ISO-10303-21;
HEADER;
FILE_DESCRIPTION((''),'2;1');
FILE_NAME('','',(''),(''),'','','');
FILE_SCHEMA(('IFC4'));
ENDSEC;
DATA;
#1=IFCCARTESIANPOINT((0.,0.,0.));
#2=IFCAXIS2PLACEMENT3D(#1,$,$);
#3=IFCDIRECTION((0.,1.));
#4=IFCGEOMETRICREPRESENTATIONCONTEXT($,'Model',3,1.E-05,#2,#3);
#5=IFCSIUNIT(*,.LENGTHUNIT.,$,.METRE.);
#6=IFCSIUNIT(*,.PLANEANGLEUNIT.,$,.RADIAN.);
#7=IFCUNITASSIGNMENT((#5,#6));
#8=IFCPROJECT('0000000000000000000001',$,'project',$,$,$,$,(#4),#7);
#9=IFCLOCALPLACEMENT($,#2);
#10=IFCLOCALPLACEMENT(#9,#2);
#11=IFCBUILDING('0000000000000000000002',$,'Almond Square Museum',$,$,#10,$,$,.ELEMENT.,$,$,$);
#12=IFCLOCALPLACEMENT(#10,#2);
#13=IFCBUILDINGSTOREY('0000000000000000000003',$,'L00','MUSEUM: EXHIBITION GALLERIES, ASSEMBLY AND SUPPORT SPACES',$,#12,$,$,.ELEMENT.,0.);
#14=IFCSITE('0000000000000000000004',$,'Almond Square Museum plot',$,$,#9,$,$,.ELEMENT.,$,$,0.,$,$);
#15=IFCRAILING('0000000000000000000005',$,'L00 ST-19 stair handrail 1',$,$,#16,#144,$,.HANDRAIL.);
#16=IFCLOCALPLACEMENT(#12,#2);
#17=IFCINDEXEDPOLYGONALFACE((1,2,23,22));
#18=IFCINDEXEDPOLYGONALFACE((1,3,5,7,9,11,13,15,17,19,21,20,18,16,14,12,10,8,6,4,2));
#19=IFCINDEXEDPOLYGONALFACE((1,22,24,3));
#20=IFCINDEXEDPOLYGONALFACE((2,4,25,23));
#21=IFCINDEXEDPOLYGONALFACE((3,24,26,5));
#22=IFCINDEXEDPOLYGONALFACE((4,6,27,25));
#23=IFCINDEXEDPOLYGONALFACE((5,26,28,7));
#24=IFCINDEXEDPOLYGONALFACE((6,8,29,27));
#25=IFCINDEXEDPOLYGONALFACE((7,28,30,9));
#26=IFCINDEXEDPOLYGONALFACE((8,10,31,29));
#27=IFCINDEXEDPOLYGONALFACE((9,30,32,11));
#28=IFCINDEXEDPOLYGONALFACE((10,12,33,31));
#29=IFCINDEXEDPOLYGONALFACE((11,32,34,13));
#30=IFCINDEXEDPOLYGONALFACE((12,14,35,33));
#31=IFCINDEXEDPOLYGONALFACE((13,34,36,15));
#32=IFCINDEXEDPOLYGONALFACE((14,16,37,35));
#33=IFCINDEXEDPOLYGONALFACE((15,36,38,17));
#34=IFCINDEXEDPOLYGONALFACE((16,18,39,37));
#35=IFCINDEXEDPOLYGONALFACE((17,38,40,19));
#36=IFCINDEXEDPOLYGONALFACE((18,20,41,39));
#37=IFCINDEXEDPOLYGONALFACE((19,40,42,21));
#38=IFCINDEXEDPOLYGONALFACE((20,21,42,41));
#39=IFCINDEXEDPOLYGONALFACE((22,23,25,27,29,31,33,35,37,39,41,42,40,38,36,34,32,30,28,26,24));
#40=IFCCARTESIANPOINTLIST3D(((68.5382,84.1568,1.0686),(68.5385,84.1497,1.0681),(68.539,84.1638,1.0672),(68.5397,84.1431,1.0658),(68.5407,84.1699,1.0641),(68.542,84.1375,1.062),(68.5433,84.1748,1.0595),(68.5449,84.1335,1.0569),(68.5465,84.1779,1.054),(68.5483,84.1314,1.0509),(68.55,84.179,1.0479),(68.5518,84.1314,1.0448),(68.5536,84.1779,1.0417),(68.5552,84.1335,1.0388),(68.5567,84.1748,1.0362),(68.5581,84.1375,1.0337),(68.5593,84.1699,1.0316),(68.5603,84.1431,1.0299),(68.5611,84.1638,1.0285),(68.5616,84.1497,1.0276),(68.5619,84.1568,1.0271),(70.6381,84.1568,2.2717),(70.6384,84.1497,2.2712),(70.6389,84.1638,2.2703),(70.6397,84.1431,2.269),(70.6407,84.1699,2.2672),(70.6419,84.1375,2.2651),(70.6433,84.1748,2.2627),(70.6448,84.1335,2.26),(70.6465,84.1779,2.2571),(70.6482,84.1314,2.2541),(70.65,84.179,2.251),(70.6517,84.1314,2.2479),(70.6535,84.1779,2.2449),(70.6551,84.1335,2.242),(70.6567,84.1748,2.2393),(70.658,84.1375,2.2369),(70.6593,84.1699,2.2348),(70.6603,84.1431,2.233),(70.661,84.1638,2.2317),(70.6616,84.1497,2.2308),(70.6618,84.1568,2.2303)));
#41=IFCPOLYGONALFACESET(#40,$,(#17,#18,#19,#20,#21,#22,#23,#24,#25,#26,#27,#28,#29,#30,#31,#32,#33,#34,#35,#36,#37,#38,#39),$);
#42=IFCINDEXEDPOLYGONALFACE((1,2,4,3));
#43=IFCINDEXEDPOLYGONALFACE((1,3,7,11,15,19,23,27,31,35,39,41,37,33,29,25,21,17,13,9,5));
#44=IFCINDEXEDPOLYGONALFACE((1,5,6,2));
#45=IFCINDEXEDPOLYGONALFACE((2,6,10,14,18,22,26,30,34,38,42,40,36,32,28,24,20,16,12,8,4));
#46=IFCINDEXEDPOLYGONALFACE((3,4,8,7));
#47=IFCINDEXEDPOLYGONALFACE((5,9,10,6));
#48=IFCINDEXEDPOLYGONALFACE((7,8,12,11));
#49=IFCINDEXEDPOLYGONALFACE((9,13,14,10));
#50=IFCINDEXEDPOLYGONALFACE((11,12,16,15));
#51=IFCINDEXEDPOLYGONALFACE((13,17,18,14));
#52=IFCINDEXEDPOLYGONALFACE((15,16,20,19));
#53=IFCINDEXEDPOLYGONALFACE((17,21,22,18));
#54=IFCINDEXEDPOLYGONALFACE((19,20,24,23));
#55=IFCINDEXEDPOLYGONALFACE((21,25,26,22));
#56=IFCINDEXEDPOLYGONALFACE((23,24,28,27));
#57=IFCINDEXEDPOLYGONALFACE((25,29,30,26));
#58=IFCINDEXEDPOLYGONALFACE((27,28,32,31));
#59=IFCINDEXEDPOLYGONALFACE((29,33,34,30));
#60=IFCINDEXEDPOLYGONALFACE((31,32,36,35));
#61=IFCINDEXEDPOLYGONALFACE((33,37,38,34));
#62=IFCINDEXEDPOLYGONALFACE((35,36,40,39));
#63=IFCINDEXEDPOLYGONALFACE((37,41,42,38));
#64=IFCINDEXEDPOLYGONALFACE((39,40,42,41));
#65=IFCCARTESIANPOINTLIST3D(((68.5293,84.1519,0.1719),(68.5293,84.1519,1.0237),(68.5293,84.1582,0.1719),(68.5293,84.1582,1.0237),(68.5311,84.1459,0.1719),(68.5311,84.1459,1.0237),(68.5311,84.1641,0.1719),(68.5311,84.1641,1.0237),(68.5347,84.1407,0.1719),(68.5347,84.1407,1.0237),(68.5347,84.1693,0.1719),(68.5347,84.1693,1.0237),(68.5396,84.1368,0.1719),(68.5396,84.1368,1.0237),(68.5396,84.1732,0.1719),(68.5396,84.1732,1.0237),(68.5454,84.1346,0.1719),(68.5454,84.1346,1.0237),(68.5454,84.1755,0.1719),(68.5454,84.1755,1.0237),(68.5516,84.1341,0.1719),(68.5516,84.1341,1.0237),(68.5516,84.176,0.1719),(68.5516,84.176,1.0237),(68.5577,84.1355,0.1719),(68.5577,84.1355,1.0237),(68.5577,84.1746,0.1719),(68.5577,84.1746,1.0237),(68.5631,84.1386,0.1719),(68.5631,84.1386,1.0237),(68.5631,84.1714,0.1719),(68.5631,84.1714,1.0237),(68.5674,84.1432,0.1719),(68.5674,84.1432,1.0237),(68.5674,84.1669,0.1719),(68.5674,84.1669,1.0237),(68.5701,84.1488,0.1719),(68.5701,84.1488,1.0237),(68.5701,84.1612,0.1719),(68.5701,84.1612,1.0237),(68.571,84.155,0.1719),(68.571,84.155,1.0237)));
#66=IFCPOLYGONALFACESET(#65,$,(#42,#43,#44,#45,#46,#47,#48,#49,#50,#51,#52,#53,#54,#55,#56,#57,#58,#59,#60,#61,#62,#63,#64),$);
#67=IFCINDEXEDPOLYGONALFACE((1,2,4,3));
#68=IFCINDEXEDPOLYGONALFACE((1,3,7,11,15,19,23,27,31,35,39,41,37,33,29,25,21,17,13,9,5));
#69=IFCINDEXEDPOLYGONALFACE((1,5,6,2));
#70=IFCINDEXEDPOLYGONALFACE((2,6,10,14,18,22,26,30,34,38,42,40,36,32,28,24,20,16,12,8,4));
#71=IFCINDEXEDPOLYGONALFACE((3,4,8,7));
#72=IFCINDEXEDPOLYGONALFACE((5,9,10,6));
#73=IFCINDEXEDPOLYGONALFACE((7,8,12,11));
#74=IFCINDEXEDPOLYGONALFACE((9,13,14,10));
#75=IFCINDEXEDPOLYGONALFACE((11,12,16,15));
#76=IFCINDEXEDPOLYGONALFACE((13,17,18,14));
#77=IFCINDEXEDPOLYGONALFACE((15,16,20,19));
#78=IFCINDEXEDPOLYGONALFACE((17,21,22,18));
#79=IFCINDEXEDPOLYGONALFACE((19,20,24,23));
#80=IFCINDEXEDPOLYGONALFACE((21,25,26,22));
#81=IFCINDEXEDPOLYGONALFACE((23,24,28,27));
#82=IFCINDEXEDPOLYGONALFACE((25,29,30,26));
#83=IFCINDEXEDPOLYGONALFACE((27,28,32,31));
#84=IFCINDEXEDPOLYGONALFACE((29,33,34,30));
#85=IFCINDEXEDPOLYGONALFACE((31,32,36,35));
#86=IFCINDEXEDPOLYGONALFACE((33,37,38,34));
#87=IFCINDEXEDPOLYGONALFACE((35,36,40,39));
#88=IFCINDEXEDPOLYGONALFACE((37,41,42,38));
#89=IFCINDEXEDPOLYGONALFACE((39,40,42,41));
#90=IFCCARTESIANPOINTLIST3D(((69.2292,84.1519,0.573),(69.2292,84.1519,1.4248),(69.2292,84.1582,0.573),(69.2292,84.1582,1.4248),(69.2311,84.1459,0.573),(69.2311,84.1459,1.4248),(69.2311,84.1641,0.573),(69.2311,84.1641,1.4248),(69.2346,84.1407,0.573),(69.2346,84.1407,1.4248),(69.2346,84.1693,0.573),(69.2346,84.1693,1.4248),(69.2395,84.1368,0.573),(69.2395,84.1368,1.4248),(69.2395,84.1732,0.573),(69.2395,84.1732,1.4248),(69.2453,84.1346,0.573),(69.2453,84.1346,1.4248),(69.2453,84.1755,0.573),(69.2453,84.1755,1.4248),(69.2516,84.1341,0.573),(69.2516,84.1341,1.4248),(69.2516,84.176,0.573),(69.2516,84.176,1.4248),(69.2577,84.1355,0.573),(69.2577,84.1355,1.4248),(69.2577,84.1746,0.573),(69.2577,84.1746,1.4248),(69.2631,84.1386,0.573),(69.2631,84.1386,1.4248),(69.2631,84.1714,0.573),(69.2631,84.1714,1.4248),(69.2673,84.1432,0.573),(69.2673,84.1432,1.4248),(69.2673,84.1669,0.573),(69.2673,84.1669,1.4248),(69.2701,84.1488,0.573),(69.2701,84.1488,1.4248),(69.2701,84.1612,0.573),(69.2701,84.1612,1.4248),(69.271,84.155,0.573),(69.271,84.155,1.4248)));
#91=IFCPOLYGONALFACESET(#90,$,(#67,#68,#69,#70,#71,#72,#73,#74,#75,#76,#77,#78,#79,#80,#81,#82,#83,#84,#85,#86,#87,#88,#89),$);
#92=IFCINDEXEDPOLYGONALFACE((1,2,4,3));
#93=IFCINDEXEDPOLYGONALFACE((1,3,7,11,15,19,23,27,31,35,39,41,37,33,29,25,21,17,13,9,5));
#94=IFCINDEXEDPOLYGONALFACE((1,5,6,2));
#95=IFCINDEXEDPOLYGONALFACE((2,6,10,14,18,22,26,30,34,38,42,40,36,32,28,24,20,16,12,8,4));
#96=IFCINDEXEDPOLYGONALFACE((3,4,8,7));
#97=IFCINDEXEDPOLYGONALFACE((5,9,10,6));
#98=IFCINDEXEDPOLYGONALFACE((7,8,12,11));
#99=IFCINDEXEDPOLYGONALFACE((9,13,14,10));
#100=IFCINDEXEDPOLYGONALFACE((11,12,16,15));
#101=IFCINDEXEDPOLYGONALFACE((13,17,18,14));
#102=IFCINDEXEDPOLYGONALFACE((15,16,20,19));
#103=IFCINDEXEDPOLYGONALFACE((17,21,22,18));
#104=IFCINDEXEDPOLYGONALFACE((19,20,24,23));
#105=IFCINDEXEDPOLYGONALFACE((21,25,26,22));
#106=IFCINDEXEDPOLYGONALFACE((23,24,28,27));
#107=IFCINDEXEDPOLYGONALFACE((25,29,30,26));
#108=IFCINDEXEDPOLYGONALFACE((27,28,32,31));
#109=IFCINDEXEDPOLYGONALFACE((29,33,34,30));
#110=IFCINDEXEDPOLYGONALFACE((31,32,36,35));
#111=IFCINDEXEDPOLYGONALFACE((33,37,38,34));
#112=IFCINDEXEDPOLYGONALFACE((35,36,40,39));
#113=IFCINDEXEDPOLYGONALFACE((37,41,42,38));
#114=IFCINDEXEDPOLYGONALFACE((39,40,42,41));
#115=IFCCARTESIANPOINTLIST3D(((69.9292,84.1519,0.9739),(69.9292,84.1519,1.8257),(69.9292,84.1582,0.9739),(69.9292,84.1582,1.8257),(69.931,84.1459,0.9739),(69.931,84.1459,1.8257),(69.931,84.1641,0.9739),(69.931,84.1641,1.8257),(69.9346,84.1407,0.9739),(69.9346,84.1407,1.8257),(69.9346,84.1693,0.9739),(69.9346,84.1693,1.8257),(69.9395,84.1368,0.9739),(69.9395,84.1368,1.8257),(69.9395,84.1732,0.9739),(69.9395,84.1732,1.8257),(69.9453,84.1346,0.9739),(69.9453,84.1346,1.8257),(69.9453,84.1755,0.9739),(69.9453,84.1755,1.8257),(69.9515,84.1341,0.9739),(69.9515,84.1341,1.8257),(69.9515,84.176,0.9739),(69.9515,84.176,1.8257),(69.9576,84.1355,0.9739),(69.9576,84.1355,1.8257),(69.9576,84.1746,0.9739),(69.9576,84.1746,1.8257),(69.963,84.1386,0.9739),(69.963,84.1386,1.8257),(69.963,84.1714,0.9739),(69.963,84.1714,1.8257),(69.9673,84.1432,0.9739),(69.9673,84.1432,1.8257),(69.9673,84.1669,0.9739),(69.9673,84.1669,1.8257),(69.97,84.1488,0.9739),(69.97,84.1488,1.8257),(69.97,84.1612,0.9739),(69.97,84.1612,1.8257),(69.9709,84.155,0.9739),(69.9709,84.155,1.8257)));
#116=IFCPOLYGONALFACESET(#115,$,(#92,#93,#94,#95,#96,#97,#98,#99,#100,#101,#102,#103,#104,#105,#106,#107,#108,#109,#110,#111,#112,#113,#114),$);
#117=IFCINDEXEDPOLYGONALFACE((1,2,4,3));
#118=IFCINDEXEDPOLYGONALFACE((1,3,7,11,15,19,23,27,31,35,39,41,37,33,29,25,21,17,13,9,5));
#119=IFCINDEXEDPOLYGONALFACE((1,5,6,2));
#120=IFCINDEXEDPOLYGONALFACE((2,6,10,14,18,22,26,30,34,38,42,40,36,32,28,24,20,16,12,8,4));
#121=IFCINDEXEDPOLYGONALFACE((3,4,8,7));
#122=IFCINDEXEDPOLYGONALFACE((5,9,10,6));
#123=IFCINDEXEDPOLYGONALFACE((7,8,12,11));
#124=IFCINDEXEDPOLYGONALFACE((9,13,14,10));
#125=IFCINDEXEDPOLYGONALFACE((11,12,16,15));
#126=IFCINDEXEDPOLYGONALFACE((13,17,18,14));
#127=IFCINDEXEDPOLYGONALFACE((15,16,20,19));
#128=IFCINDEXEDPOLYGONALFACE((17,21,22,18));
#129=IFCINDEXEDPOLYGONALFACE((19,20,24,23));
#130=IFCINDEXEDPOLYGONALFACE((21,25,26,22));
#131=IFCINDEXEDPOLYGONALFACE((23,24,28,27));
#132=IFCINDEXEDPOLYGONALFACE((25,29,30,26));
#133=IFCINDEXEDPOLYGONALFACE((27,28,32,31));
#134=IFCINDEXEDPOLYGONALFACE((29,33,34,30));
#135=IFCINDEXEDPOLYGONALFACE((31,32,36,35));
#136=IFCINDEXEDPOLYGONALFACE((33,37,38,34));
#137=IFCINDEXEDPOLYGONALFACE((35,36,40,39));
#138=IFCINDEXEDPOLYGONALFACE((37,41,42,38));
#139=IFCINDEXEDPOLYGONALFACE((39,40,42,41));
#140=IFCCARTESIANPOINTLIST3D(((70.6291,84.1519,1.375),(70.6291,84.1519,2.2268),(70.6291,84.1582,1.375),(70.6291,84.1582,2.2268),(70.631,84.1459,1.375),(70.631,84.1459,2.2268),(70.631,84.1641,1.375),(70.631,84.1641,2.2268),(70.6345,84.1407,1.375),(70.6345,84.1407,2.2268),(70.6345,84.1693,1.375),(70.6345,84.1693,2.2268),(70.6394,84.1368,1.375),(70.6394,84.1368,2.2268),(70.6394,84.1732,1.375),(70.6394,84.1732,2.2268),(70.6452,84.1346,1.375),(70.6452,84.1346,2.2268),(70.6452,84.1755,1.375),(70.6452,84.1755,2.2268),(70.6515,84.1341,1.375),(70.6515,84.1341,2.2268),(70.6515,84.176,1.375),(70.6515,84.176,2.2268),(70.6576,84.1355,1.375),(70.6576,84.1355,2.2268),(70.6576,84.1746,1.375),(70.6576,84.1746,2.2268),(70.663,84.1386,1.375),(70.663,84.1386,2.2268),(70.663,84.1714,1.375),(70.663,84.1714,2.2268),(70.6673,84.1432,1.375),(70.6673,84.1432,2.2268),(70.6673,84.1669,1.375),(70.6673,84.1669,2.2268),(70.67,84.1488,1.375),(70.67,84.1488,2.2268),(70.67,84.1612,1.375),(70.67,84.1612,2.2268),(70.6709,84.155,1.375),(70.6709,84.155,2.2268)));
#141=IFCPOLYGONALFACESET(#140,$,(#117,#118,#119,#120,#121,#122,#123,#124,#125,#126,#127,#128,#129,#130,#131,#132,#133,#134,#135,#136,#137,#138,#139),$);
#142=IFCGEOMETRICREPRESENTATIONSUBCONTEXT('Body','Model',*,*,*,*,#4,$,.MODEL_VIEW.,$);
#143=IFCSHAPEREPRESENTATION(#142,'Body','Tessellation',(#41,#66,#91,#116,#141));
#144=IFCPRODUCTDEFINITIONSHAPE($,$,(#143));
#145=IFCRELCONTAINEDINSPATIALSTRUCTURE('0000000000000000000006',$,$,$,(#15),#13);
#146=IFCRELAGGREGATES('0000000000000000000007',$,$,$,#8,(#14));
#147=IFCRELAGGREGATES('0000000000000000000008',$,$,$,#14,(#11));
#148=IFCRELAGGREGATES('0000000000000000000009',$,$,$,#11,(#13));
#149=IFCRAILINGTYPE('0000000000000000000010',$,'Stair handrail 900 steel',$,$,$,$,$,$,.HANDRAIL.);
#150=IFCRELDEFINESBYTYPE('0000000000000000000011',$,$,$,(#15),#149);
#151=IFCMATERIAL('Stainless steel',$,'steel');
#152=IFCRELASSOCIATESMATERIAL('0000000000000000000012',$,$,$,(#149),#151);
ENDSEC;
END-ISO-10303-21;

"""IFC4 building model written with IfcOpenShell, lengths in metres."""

from ifc_helpers import new_model, si_unit, direction, frame, origin, origin_2d, place, context, subcontext, project, spatial, circle, extrude, material, type_object, element, save


model = new_model("IFC4")

# Units and contexts
model_context = context("Model", 3, precision=1e-05, world=origin(), true_north=direction((0.0, 1.0)))
body_context = subcontext(model_context, "Body", "Model", "MODEL_VIEW")
ifc_project = project(units=[si_unit("LENGTHUNIT", "METRE"), si_unit("PLANEANGLEUNIT", "RADIAN")], contexts=[model_context])

# Site, building, storey
site_placement = place(None, origin())
site = spatial("IfcSite", under=ifc_project, at=site_placement, Name="Almond Square Museum plot", CompositionType="ELEMENT", RefElevation=0.0)
building_placement = place(site_placement, origin())
building = spatial("IfcBuilding", under=site, at=building_placement, Name="Almond Square Museum", CompositionType="ELEMENT")
storey_placement = place(building_placement, origin())
storey = spatial("IfcBuildingStorey", under=building, at=storey_placement, Name="L00", Description="MUSEUM: EXHIBITION GALLERIES, ASSEMBLY AND SUPPORT SPACES", CompositionType="ELEMENT", Elevation=0.0)

# Railing
ifc_material_1 = material(Name="Stainless steel", Category="steel")
railing_type = type_object("IfcRailingType", Name="Stair handrail 900 steel", PredefinedType="HANDRAIL", material=ifc_material_1)
for number, where, name in (
    (1, (68.55, 84.155, 0.1719), "L00 ST-19 stair handrail 1"),
):
    element("IfcRailing", number, at=place(storey_placement, frame(where)), inside=storey, type_object=railing_type, Name=name, PredefinedType="HANDRAIL", context=body_context, shape_type="SweptSolid", body=[
        extrude(circle(Radius=0.0239, at=origin_2d()), frame((0.0, 0.0, 0.876), z_axis=(0.867671, 0.0, 0.497138), x_axis=(0.0, 1.0, 0.0)), (0.0, 0.0, 1.0), 2.4202),
        extrude(circle(Radius=0.021, at=origin_2d()), origin(), (0.0, 0.0, 1.0), 0.8518),
        extrude(circle(Radius=0.021, at=origin_2d()), frame((0.7, 0.0, 0.4011)), (0.0, 0.0, 1.0), 0.8518),
        extrude(circle(Radius=0.021, at=origin_2d()), frame((1.3999, 0.0, 0.802)), (0.0, 0.0, 1.0), 0.8518),
        extrude(circle(Radius=0.021, at=origin_2d()), frame((2.0999, 0.0, 1.2031)), (0.0, 0.0, 1.0), 0.8518),
    ])

save(model, "model.ifc")
